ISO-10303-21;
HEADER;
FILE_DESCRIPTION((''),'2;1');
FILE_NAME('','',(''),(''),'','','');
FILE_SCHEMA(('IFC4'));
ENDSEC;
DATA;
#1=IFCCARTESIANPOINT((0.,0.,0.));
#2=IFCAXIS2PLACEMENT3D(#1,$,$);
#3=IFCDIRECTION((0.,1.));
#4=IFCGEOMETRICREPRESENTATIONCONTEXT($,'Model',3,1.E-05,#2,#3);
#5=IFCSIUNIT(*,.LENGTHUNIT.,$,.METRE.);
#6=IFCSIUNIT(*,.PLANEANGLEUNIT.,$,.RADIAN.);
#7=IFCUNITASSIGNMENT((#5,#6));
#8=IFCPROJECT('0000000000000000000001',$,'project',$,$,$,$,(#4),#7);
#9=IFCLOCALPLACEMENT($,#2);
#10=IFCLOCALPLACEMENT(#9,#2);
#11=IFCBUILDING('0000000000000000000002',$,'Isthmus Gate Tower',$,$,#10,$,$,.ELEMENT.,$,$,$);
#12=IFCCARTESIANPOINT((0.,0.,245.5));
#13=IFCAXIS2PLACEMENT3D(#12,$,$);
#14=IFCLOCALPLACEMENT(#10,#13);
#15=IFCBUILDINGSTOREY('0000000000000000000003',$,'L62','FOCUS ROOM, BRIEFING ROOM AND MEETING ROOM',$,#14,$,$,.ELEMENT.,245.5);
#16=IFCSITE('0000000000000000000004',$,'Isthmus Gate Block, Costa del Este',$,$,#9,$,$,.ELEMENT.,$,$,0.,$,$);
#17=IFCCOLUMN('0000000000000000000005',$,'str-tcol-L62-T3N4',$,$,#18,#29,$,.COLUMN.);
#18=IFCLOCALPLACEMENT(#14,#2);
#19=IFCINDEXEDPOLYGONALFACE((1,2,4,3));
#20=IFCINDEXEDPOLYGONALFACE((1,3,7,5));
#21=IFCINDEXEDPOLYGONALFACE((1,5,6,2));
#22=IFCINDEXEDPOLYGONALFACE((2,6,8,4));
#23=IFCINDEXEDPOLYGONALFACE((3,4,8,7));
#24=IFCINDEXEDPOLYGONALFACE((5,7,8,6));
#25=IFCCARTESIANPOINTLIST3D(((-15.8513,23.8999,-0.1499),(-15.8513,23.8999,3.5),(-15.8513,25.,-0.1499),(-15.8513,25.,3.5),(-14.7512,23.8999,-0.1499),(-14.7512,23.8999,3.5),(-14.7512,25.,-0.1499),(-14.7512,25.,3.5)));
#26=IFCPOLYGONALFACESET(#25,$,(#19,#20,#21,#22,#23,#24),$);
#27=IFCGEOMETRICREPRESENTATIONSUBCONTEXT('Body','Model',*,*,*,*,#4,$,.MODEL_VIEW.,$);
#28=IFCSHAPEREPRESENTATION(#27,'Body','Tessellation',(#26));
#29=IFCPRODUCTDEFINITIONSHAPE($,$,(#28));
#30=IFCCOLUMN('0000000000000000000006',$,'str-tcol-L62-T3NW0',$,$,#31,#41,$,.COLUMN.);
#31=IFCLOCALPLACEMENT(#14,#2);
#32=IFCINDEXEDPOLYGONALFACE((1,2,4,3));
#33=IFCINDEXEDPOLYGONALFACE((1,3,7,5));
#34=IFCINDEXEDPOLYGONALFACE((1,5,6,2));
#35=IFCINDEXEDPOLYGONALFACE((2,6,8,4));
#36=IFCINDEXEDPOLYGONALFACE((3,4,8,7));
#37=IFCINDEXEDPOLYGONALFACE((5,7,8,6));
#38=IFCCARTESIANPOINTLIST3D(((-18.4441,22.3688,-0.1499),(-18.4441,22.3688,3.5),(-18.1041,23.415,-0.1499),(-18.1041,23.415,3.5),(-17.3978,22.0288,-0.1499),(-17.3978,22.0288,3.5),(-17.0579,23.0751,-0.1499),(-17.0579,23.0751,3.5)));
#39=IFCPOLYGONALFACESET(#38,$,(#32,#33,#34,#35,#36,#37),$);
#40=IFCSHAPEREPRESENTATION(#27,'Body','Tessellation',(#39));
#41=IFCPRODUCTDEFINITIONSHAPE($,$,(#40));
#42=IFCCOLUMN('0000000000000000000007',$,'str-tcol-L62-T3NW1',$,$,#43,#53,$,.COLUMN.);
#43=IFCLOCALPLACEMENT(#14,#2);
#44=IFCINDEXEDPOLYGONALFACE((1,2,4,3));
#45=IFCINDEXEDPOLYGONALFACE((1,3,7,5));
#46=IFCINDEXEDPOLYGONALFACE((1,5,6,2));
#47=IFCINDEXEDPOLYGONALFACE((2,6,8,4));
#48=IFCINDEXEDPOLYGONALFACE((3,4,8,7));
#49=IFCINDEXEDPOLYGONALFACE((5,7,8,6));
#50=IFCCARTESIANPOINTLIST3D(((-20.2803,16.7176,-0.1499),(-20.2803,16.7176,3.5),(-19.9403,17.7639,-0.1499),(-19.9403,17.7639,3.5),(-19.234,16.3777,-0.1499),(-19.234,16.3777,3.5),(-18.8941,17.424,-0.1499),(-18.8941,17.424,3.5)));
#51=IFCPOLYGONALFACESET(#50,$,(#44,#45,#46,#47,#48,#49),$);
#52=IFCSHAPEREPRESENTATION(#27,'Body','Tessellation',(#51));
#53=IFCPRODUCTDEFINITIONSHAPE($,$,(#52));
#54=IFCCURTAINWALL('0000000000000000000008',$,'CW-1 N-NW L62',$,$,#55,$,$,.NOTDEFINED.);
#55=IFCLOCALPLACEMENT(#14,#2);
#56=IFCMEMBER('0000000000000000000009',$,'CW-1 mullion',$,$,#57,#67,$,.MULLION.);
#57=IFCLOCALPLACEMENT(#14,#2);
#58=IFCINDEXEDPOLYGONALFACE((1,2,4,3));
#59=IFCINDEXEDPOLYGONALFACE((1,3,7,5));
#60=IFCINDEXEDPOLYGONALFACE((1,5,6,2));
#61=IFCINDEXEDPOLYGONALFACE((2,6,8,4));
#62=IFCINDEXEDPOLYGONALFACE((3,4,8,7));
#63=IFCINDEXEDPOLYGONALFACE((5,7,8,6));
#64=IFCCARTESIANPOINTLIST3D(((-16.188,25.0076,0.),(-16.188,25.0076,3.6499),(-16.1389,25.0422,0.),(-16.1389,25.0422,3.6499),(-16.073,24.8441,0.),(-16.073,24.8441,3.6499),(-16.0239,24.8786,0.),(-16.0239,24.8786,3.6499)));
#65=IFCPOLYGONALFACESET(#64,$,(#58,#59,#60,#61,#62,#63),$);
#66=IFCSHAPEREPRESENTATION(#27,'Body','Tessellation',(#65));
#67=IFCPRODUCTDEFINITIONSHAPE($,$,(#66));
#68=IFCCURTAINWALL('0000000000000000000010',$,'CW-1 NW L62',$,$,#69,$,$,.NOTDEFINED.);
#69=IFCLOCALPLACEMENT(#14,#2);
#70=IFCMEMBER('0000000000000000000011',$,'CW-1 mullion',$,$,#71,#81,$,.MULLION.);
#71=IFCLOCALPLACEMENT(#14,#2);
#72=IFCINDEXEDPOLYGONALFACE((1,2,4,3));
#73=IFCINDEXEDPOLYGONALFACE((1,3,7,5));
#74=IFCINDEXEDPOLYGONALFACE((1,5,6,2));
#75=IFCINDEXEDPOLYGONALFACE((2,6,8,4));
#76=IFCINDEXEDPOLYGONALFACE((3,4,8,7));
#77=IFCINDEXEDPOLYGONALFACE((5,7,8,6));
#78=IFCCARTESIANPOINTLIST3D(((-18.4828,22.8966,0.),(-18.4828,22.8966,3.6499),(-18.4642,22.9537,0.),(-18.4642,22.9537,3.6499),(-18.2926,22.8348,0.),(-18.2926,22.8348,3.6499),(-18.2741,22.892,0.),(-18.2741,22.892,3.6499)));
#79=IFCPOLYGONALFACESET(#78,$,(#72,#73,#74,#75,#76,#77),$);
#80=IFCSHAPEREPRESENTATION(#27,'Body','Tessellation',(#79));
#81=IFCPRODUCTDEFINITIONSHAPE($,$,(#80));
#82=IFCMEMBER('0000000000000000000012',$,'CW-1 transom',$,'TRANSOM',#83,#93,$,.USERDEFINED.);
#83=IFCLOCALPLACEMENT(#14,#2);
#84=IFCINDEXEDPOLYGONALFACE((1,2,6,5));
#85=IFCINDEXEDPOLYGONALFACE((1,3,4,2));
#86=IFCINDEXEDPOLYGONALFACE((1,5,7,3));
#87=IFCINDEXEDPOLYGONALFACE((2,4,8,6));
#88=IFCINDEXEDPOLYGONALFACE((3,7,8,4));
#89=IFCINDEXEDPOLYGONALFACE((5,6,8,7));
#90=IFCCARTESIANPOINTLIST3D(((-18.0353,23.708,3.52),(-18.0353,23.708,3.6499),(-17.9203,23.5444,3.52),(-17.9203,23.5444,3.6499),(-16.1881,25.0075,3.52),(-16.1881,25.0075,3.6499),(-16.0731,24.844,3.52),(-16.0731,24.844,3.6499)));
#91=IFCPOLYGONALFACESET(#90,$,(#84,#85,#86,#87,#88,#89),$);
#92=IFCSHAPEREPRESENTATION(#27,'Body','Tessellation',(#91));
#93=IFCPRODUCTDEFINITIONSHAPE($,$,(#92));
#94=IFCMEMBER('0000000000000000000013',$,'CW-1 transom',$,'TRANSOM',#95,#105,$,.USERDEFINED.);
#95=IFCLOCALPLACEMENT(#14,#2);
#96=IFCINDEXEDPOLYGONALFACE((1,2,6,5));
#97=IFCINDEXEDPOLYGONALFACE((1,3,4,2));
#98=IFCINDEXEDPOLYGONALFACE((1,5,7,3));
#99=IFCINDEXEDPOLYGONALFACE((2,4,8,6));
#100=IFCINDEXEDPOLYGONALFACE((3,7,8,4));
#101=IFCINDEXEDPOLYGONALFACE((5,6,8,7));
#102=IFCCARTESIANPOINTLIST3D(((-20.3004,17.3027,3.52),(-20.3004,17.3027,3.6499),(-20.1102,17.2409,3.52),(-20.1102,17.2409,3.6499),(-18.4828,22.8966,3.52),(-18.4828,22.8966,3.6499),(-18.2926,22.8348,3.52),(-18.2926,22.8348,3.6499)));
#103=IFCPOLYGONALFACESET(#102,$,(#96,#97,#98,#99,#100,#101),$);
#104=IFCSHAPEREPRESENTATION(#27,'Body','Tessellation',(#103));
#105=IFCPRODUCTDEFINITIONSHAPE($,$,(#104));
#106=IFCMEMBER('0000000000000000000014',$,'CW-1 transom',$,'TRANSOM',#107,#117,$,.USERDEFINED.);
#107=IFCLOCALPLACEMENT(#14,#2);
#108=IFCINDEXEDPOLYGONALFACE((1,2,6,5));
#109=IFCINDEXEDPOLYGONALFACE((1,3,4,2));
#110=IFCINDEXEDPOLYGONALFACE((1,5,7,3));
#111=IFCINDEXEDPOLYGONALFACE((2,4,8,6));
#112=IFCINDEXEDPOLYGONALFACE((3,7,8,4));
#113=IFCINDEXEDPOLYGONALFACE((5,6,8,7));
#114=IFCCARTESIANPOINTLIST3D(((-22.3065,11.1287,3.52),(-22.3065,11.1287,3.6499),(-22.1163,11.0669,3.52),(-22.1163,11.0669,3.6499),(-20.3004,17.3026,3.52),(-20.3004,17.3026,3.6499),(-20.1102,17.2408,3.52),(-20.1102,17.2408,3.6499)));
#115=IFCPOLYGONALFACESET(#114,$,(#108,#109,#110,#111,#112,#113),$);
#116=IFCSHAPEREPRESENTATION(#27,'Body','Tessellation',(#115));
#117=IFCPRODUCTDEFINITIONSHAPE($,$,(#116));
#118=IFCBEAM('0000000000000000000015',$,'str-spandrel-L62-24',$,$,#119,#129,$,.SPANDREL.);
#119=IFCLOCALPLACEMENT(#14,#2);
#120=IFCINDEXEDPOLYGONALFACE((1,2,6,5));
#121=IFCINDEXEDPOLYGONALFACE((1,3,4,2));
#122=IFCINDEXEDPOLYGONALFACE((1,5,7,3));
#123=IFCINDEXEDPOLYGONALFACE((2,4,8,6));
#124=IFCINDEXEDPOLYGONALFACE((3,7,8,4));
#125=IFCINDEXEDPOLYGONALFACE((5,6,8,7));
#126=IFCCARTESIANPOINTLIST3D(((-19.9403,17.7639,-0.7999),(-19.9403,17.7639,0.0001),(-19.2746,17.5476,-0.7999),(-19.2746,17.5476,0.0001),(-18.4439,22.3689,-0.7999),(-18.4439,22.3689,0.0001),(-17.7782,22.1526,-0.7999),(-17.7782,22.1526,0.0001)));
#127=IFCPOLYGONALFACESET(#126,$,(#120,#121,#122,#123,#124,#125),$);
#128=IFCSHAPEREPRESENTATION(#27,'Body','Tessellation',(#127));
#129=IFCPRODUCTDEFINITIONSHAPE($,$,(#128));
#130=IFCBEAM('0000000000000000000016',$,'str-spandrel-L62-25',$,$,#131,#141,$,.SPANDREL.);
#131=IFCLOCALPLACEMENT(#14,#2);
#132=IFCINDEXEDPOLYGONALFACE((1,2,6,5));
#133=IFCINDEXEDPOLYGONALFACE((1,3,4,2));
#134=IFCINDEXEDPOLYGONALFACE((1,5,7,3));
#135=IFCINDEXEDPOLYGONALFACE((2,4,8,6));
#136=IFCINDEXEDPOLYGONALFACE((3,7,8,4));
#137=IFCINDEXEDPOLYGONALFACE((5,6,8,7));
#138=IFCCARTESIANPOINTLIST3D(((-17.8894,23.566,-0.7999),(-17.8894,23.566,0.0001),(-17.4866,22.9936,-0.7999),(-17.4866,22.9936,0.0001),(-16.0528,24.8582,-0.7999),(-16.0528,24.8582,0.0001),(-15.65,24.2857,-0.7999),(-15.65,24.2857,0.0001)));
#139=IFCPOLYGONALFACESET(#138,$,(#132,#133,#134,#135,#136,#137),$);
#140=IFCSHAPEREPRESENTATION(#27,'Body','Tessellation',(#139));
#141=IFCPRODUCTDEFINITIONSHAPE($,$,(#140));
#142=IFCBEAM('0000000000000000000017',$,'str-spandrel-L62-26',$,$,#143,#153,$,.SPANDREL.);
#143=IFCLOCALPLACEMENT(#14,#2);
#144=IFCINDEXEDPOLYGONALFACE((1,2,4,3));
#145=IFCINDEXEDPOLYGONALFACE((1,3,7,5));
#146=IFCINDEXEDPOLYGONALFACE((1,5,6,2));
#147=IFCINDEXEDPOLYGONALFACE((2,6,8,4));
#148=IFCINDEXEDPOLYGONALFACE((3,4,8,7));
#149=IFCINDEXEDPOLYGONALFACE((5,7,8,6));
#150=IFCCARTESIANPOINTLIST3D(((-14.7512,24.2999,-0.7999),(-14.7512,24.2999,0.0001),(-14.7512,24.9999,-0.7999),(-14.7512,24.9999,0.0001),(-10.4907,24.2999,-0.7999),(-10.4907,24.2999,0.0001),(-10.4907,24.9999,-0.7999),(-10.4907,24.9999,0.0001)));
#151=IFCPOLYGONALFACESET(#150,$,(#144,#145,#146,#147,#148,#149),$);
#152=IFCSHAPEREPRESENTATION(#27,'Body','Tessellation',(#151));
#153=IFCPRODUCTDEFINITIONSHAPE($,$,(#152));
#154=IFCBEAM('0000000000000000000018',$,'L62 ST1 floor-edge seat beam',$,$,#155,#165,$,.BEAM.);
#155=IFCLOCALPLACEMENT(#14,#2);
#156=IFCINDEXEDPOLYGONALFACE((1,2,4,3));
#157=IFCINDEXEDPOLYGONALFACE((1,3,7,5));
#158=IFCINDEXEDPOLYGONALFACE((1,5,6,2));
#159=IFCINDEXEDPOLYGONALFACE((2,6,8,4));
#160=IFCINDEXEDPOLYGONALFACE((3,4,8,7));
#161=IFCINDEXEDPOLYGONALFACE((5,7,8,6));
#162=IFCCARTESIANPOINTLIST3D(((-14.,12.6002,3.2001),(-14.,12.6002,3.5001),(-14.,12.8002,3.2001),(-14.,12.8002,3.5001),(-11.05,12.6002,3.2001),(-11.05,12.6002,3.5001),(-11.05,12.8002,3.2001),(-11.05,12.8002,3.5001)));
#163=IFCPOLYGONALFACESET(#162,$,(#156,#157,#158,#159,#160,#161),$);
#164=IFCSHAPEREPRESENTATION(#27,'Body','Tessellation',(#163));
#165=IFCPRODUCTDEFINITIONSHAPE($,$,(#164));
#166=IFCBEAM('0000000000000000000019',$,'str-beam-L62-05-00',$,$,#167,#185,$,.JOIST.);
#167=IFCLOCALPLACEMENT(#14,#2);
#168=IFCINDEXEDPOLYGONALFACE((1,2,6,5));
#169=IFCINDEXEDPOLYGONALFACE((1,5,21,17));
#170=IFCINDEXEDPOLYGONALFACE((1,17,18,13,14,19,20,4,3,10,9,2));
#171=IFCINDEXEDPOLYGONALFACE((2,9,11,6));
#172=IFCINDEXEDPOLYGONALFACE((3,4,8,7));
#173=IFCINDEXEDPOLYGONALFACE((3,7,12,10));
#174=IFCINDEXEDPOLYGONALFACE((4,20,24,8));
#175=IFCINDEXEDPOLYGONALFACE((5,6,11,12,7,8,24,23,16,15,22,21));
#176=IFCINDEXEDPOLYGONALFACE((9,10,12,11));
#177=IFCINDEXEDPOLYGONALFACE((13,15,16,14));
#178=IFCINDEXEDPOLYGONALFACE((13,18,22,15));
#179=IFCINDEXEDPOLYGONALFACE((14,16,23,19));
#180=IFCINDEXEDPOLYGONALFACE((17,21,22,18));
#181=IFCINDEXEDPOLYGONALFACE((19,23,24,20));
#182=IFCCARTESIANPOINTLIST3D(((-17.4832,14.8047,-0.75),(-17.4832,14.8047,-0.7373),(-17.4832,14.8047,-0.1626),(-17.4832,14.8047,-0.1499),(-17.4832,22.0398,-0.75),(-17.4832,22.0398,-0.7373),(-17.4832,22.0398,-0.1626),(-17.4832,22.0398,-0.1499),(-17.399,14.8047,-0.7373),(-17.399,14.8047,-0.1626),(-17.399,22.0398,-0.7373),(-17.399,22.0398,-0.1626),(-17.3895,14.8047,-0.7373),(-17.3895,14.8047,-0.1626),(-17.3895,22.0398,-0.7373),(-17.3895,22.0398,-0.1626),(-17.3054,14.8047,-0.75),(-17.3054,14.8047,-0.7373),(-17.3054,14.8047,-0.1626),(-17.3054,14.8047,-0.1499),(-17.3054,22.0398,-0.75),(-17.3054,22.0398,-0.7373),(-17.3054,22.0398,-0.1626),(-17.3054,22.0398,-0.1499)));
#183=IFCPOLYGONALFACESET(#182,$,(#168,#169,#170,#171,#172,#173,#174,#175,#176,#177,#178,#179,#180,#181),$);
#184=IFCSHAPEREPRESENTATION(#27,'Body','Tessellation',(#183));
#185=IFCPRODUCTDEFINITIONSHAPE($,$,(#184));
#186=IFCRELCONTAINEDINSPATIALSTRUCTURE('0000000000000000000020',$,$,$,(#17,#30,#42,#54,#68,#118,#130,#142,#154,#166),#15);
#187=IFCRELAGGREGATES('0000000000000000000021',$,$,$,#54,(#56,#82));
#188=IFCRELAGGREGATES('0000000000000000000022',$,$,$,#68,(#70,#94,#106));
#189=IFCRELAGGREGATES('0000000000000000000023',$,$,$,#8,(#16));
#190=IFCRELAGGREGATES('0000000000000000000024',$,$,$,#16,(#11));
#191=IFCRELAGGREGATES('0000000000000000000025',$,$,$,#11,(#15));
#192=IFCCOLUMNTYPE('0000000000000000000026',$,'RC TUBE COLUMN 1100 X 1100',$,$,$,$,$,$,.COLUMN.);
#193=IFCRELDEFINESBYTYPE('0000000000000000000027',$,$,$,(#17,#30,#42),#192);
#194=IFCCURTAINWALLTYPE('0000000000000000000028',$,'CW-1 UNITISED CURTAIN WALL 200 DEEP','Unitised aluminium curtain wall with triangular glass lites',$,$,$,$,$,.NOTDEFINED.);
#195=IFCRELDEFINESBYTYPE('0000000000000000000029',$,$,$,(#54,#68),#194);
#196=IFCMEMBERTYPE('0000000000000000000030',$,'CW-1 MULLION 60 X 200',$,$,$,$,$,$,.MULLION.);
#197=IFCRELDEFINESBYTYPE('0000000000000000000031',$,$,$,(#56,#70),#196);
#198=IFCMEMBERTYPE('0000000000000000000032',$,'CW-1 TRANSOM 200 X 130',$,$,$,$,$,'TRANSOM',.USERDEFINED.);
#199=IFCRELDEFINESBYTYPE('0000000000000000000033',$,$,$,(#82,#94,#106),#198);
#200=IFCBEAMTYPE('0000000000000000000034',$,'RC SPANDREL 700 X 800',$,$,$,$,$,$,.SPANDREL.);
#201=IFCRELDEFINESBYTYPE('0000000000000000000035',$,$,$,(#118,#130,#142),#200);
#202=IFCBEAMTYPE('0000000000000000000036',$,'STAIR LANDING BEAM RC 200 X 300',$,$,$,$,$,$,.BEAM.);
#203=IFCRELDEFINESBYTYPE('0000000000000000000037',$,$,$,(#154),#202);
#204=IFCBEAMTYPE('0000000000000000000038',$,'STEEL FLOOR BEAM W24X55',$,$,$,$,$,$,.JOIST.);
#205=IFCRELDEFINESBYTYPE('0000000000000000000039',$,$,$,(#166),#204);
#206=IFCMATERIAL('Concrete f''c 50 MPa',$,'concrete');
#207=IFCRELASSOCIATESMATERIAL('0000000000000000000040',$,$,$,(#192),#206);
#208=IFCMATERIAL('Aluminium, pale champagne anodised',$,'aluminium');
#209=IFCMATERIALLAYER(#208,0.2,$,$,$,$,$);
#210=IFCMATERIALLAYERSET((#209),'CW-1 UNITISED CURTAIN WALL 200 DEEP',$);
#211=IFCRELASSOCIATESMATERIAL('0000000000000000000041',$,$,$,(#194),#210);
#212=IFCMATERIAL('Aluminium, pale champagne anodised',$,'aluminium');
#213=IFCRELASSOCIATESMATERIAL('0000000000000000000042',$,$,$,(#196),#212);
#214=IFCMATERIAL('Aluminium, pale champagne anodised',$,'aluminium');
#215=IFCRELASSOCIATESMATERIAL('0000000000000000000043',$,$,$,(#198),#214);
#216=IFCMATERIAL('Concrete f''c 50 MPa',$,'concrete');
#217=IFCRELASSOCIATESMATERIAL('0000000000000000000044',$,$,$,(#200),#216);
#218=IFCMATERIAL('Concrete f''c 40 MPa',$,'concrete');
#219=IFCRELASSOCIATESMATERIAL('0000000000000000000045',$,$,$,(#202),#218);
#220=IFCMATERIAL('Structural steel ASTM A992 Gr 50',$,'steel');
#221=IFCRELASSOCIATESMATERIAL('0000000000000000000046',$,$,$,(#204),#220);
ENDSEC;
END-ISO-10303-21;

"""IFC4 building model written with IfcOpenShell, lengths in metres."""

from ifc_helpers import new_model, si_unit, direction, frame, origin, origin_2d, place, context, subcontext, project, spatial, rectangle, i_section, extrude, material, layer, layer_set, material_profile, profile_set, type_object, element, aggregate, save


model = new_model("IFC4")

# Units and contexts
model_context = context("Model", 3, precision=1e-05, world=origin(), true_north=direction((0.0, 1.0)))
body_context = subcontext(model_context, "Body", "Model", "MODEL_VIEW")
ifc_project = project(units=[si_unit("LENGTHUNIT", "METRE"), si_unit("PLANEANGLEUNIT", "RADIAN")], contexts=[model_context])

# Site, building, storey
site_placement = place(None, origin())
site = spatial("IfcSite", under=ifc_project, at=site_placement, Name="Isthmus Gate Block, Costa del Este", CompositionType="ELEMENT", RefElevation=0.0)
building_placement = place(site_placement, origin())
building = spatial("IfcBuilding", under=site, at=building_placement, Name="Isthmus Gate Tower", CompositionType="ELEMENT")
storey_placement = place(building_placement, frame((0.0, 0.0, 245.5)))
storey = spatial("IfcBuildingStorey", under=building, at=storey_placement, Name="L62", Description="FOCUS ROOM, BRIEFING ROOM AND MEETING ROOM", CompositionType="ELEMENT", Elevation=245.5)

# Columns
ifc_material_1 = material(Name="Concrete f'c 50 MPa", Category="concrete")
ifc_material_profile_1 = material_profile(ifc_material_1, rectangle(XDim=1.1001, YDim=1.1001, at=origin_2d()), Name="RC 1100X1100")
ifc_profile_set_1 = profile_set([ifc_material_profile_1], Name="Concrete f'c 50 MPa")
column_type = type_object("IfcColumnType", Name="RC TUBE COLUMN 1100 X 1100", PredefinedType="COLUMN", material=ifc_profile_set_1)
for number, where, z_axis, x_axis, name in (
    (1, (-15.3013, 24.45, -0.1499), (0.0, 0.0, 1.0), (-1.0, 0.0, 0.0), "str-tcol-L62-T3N4"),
    (2, (-17.751, 22.7219, -0.1499), (0.0, 0.0, 1.0), (-0.309017, -0.951057, 0.0), "str-tcol-L62-T3NW0"),
    (3, (-19.5872, 17.0708, -0.1499), (0.0, 0.0, 1.0), (-0.309017, -0.951057, 0.0), "str-tcol-L62-T3NW1"),
):
    element("IfcColumn", number, at=place(storey_placement, frame(where, z_axis=z_axis, x_axis=x_axis)), inside=storey, type_object=column_type, Name=name, PredefinedType="COLUMN", context=body_context, shape_type="SweptSolid", body=[
        extrude(rectangle(XDim=1.1001, YDim=1.1001, at=origin_2d()), origin(), (0.0, 0.0, 1.0), 3.6499),
    ])

# Curtain walls, members
ifc_material_2 = material(Name="Aluminium, pale champagne anodised", Category="aluminium")
ifc_layer_1 = layer(ifc_material_2, 0.2)
ifc_layer_set_1 = layer_set([ifc_layer_1], Name="CW-1 UNITISED CURTAIN WALL 200 DEEP")
curtain_wall_type = type_object("IfcCurtainWallType", Name="CW-1 UNITISED CURTAIN WALL 200 DEEP", Description="Unitised aluminium curtain wall with triangular glass lites", PredefinedType="NOTDEFINED", material=ifc_layer_set_1)
curtain_wall_1_placement = place(storey_placement, origin())
curtain_wall_1 = element("IfcCurtainWall", 4, at=curtain_wall_1_placement, inside=storey, type_object=curtain_wall_type, Name="CW-1 N-NW L62", PredefinedType="NOTDEFINED")
ifc_material_3 = material(Name="Aluminium, pale champagne anodised", Category="aluminium")
ifc_material_profile_2 = material_profile(ifc_material_3, rectangle(XDim=0.0601, YDim=0.2, at=origin_2d()), Name="60x200")
ifc_profile_set_2 = profile_set([ifc_material_profile_2], Name="Aluminium, pale champagne anodised")
member_type_1 = type_object("IfcMemberType", Name="CW-1 MULLION 60 X 200", PredefinedType="MULLION", material=ifc_profile_set_2)
member_1_placement = place(storey_placement, frame((-16.106, 24.9431, 0.0), z_axis=(0.0, 0.0, 1.0), x_axis=(-0.81786, -0.575418, 0.0)))
member_1 = element("IfcMember", 5, at=member_1_placement, type_object=member_type_1, Name="CW-1 mullion", PredefinedType="MULLION", context=body_context, shape_type="SweptSolid", body=[
    extrude(rectangle(XDim=0.0601, YDim=0.2, at=origin_2d()), origin(), (0.0, 0.0, 1.0), 3.6499),
])
curtain_wall_2_placement = place(storey_placement, origin())
curtain_wall_2 = element("IfcCurtainWall", 6, at=curtain_wall_2_placement, inside=storey, type_object=curtain_wall_type, Name="CW-1 NW L62", PredefinedType="NOTDEFINED")
member_2_placement = place(storey_placement, frame((-18.3784, 22.8943, 0.0), z_axis=(0.0, 0.0, 1.0), x_axis=(-0.309017, -0.951057, 0.0)))
member_2 = element("IfcMember", 7, at=member_2_placement, type_object=member_type_1, Name="CW-1 mullion", PredefinedType="MULLION", context=body_context, shape_type="SweptSolid", body=[
    extrude(rectangle(XDim=0.0601, YDim=0.2, at=origin_2d()), origin(), (0.0, 0.0, 1.0), 3.6499),
])

# Members
ifc_material_4 = material(Name="Aluminium, pale champagne anodised", Category="aluminium")
ifc_material_profile_3 = material_profile(ifc_material_4, rectangle(XDim=0.2, YDim=0.1299, at=origin_2d()), Name="200x130")
ifc_profile_set_3 = profile_set([ifc_material_profile_3], Name="Aluminium, pale champagne anodised")
member_type_2 = type_object("IfcMemberType", Name="CW-1 TRANSOM 200 X 130", ElementType="TRANSOM", PredefinedType="USERDEFINED", material=ifc_profile_set_3)
member_3_placement = place(storey_placement, frame((-16.1306, 24.9258, 3.585), z_axis=(-0.817869, -0.575405, 0.0), x_axis=(0.575405, -0.817869, 0.0)))
member_3 = element("IfcMember", 8, at=member_3_placement, type_object=member_type_2, Name="CW-1 transom", ObjectType="TRANSOM", PredefinedType="USERDEFINED", context=body_context, shape_type="SweptSolid", body=[
    extrude(rectangle(XDim=0.2, YDim=0.1299, at=origin_2d()), origin(), (0.0, 0.0, 1.0), 2.2585),
])
member_4_placement = place(storey_placement, frame((-18.3877, 22.8657, 3.585), z_axis=(-0.309021, -0.951055, 0.0), x_axis=(0.951055, -0.309021, 0.0)))
member_4 = element("IfcMember", 9, at=member_4_placement, type_object=member_type_2, Name="CW-1 transom", ObjectType="TRANSOM", PredefinedType="USERDEFINED", context=body_context, shape_type="SweptSolid", body=[
    extrude(rectangle(XDim=0.2, YDim=0.1299, at=origin_2d()), origin(), (0.0, 0.0, 1.0), 5.8818),
])
member_5_placement = place(storey_placement, frame((-20.2053, 17.2717, 3.585), z_axis=(-0.309021, -0.951055, 0.0), x_axis=(0.951055, -0.309021, 0.0)))
member_5 = element("IfcMember", 10, at=member_5_placement, type_object=member_type_2, Name="CW-1 transom", ObjectType="TRANSOM", PredefinedType="USERDEFINED", context=body_context, shape_type="SweptSolid", body=[
    extrude(rectangle(XDim=0.2, YDim=0.1299, at=origin_2d()), origin(), (0.0, 0.0, 1.0), 6.4917),
])

# Beams
ifc_material_5 = material(Name="Concrete f'c 50 MPa", Category="concrete")
ifc_material_profile_4 = material_profile(ifc_material_5, rectangle(XDim=0.7, YDim=0.8, at=origin_2d()), Name="RC 700X800")
ifc_profile_set_4 = profile_set([ifc_material_profile_4], Name="Concrete f'c 50 MPa")
beam_type_1 = type_object("IfcBeamType", Name="RC SPANDREL 700 X 800", PredefinedType="SPANDREL", material=ifc_profile_set_4)
beam_1_placement = place(storey_placement, frame((-19.6074, 17.6558, -0.3999), z_axis=(0.309034, 0.951051, 0.0), x_axis=(-0.951051, 0.309034, 0.0)))
element("IfcBeam", 11, at=beam_1_placement, inside=storey, type_object=beam_type_1, Name="str-spandrel-L62-24", PredefinedType="SPANDREL", context=body_context, shape_type="SweptSolid", body=[
    extrude(rectangle(XDim=0.7, YDim=0.8, at=origin_2d()), origin(), (0.0, 0.0, 1.0), 4.842),
])
beam_2_placement = place(storey_placement, frame((-17.688, 23.2798, -0.3999), z_axis=(0.817856, 0.575423, 0.0), x_axis=(-0.575423, 0.817856, 0.0)))
element("IfcBeam", 12, at=beam_2_placement, inside=storey, type_object=beam_type_1, Name="str-spandrel-L62-25", PredefinedType="SPANDREL", context=body_context, shape_type="SweptSolid", body=[
    extrude(rectangle(XDim=0.7, YDim=0.8, at=origin_2d()), origin(), (0.0, 0.0, 1.0), 2.2456),
])
beam_3_placement = place(storey_placement, frame((-14.7512, 24.6499, -0.3999), z_axis=(1.0, 0.0, 0.0), x_axis=(0.0, 1.0, 0.0)))
element("IfcBeam", 13, at=beam_3_placement, inside=storey, type_object=beam_type_1, Name="str-spandrel-L62-26", PredefinedType="SPANDREL", context=body_context, shape_type="SweptSolid", body=[
    extrude(rectangle(XDim=0.7, YDim=0.8, at=origin_2d()), origin(), (0.0, 0.0, 1.0), 4.2605),
])
ifc_material_6 = material(Name="Concrete f'c 40 MPa", Category="concrete")
ifc_material_profile_5 = material_profile(ifc_material_6, rectangle(XDim=0.2, YDim=0.3, at=origin_2d()), Name="STAIR LANDING BEAM RC 200 X 300")
ifc_profile_set_5 = profile_set([ifc_material_profile_5], Name="Concrete f'c 40 MPa")
beam_type_2 = type_object("IfcBeamType", Name="STAIR LANDING BEAM RC 200 X 300", PredefinedType="BEAM", material=ifc_profile_set_5)
beam_4_placement = place(storey_placement, frame((-14.0, 12.7002, 3.3501), z_axis=(1.0, 0.0, 0.0), x_axis=(0.0, 1.0, 0.0)))
element("IfcBeam", 14, at=beam_4_placement, inside=storey, type_object=beam_type_2, Name="L62 ST1 floor-edge seat beam", PredefinedType="BEAM", context=body_context, shape_type="SweptSolid", body=[
    extrude(rectangle(XDim=0.2, YDim=0.3, at=origin_2d()), origin(), (0.0, 0.0, 1.0), 2.95),
])
ifc_material_7 = material(Name="Structural steel ASTM A992 Gr 50", Category="steel")
ifc_material_profile_6 = material_profile(ifc_material_7, i_section(OverallWidth=0.1777, OverallDepth=0.6001, WebThickness=0.0095, FlangeThickness=0.0127, at=origin_2d()), Name="W24X55")
ifc_profile_set_6 = profile_set([ifc_material_profile_6], Name="Structural steel ASTM A992 Gr 50")
beam_type_3 = type_object("IfcBeamType", Name="STEEL FLOOR BEAM W24X55", PredefinedType="JOIST", material=ifc_profile_set_6)
beam_5_placement = place(storey_placement, frame((-17.3943, 14.8047, -0.45), z_axis=(0.0, 1.0, 0.0), x_axis=(-1.0, 0.0, 0.0)))
element("IfcBeam", 15, at=beam_5_placement, inside=storey, type_object=beam_type_3, Name="str-beam-L62-05-00", PredefinedType="JOIST", context=body_context, shape_type="SweptSolid", body=[
    extrude(i_section(OverallWidth=0.1777, OverallDepth=0.6001, WebThickness=0.0095, FlangeThickness=0.0127, at=origin_2d()), origin(), (0.0, 0.0, 1.0), 7.2351),
])

aggregate(curtain_wall_1, [member_1, member_3])

aggregate(curtain_wall_2, [member_2, member_4, member_5])

save(model, "model.ifc")
